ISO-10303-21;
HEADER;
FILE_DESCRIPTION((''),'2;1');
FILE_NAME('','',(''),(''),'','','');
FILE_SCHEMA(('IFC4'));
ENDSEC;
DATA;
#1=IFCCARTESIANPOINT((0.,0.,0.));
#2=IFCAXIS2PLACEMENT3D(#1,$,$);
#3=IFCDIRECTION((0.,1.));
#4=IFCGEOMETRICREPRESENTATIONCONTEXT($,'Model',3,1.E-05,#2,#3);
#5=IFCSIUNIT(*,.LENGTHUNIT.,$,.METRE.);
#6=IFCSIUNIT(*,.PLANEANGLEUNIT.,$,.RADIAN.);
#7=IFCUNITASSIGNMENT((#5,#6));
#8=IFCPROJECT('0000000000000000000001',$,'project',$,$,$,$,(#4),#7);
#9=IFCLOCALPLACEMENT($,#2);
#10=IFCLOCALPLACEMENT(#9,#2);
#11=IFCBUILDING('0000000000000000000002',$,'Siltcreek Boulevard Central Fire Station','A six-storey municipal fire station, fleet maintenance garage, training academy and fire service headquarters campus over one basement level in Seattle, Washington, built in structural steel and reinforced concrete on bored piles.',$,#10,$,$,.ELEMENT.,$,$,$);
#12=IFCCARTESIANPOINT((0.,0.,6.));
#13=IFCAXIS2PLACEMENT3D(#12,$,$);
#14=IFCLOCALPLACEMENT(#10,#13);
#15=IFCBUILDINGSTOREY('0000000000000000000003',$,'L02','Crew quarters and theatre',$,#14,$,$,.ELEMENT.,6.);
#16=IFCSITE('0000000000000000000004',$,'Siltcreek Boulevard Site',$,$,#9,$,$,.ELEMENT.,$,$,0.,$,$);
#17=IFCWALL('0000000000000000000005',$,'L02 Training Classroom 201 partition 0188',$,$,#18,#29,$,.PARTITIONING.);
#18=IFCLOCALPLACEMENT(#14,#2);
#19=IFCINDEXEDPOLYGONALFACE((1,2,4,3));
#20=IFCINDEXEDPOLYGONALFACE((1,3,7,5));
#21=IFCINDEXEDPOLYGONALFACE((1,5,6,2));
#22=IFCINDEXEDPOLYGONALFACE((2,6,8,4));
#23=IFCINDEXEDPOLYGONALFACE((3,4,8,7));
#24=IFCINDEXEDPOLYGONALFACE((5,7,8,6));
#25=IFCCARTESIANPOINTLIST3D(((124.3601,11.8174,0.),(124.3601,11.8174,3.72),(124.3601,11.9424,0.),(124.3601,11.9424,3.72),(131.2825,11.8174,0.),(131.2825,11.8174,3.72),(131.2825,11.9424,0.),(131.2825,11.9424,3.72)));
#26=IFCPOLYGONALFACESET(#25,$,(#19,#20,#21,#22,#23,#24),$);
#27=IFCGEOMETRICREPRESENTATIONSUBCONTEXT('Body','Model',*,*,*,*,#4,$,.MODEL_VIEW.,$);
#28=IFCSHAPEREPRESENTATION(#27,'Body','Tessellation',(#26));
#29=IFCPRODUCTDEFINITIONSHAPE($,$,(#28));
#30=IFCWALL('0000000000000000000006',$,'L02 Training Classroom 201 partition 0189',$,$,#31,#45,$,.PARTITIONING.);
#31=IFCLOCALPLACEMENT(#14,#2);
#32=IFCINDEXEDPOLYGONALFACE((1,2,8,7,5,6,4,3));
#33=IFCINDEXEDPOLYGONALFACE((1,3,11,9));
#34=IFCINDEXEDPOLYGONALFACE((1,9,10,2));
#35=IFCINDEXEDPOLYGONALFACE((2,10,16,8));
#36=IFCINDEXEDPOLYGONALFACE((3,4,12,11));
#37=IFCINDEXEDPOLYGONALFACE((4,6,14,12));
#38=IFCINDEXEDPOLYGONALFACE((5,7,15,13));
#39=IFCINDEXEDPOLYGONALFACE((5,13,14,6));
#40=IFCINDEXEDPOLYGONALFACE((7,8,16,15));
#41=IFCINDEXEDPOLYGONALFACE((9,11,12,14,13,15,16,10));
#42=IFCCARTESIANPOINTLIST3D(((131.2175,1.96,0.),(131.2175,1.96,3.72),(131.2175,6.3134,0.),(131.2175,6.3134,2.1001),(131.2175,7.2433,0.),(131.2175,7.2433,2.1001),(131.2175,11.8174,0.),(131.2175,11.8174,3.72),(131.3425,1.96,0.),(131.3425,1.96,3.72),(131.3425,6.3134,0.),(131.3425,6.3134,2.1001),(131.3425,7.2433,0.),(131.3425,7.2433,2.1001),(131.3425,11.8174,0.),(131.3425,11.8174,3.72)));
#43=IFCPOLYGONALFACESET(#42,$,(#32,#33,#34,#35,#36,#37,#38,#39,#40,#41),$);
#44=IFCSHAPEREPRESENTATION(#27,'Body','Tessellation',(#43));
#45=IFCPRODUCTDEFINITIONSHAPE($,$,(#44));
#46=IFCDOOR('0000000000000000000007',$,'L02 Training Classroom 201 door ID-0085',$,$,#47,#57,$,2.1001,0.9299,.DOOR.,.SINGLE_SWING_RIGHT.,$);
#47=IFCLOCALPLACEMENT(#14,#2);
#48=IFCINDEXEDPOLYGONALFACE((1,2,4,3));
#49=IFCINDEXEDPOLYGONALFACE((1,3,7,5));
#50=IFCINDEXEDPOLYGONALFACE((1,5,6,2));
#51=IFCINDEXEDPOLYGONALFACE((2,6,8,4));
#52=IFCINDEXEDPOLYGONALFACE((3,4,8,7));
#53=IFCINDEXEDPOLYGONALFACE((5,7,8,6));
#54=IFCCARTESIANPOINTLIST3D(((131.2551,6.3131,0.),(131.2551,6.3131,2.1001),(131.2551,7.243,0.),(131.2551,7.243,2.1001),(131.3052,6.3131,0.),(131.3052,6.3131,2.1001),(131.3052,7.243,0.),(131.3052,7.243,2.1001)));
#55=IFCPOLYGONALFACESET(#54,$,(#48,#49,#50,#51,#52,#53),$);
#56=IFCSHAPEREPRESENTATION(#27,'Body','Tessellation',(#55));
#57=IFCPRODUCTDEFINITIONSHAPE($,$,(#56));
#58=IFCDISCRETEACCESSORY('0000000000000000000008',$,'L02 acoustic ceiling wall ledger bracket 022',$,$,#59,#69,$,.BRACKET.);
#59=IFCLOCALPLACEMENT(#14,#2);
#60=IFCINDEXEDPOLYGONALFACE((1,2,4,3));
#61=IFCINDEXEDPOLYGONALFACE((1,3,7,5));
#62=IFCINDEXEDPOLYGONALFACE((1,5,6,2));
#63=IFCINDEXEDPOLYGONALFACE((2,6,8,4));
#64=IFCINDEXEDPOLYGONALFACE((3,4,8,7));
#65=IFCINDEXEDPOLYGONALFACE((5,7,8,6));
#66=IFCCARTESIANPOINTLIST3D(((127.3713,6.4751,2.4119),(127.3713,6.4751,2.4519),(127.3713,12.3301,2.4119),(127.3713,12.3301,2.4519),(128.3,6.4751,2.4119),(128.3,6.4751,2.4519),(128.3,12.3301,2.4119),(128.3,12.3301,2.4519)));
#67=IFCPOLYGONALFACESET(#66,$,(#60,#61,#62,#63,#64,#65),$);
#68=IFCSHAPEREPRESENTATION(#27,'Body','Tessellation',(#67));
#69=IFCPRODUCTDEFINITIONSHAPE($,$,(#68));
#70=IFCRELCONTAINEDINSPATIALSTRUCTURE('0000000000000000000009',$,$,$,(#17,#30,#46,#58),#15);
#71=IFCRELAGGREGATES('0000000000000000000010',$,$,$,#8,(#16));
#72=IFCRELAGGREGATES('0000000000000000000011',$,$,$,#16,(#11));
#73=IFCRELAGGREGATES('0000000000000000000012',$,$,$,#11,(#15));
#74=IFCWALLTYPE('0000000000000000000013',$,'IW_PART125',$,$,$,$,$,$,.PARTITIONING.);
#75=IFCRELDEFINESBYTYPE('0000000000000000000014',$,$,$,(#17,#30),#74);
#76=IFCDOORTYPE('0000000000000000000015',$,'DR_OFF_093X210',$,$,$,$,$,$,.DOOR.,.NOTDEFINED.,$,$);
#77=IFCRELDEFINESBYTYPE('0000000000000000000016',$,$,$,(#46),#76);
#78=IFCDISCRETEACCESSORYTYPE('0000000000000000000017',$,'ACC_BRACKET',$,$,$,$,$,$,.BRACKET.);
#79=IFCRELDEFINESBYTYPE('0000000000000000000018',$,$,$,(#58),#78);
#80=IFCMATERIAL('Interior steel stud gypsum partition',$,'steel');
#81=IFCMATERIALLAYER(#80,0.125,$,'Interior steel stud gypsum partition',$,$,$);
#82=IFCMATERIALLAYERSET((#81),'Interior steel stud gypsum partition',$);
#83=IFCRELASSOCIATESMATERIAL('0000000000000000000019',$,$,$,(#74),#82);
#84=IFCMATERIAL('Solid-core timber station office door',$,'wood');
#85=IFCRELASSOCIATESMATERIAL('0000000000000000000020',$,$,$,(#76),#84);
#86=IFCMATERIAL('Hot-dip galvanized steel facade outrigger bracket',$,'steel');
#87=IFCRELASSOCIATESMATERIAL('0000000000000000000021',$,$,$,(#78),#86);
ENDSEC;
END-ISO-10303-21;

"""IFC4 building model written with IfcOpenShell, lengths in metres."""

from ifc_helpers import new_model, si_unit, direction, frame, frame_2d, origin, origin_2d, place, context, subcontext, project, spatial, rectangle, extrude, material, layer, layer_set, type_object, element, fill, save


model = new_model("IFC4")

# Units and contexts
model_context = context("Model", 3, precision=1e-05, world=origin(), true_north=direction((0.0, 1.0)))
body_context = subcontext(model_context, "Body", "Model", "MODEL_VIEW")
ifc_project = project(units=[si_unit("LENGTHUNIT", "METRE"), si_unit("PLANEANGLEUNIT", "RADIAN")], contexts=[model_context])

# Site, building, storey
site_placement = place(None, origin())
site = spatial("IfcSite", under=ifc_project, at=site_placement, Name="Siltcreek Boulevard Site", CompositionType="ELEMENT", RefElevation=0.0)
building_placement = place(site_placement, origin())
building = spatial("IfcBuilding", under=site, at=building_placement, Name="Siltcreek Boulevard Central Fire Station", Description="A six-storey municipal fire station, fleet maintenance garage, training academy and fire service headquarters campus over one basement level in Seattle, Washington, built in structural steel and reinforced concrete on bored piles.", CompositionType="ELEMENT")
storey_placement = place(building_placement, frame((0.0, 0.0, 6.0)))
storey = spatial("IfcBuildingStorey", under=building, at=storey_placement, Name="L02", Description="Crew quarters and theatre", CompositionType="ELEMENT", Elevation=6.0)

# Wall
ifc_material_1 = material(Name="Interior steel stud gypsum partition", Category="steel")
ifc_layer_1 = layer(ifc_material_1, 0.125, Name="Interior steel stud gypsum partition")
ifc_layer_set_1 = layer_set([ifc_layer_1], Name="Interior steel stud gypsum partition")
wall_type_1 = type_object("IfcWallType", Name="IW_PART125", PredefinedType="PARTITIONING", material=ifc_layer_set_1)
wall_1_placement = place(storey_placement, frame((124.3601, 11.8799, 0.0), z_axis=(0.0, 0.0, 1.0), x_axis=(1.0, 0.0, 0.0)))
element("IfcWall", 1, at=wall_1_placement, inside=storey, type_object=wall_type_1, Name="L02 Training Classroom 201 partition 0188", PredefinedType="PARTITIONING", context=body_context, shape_type="SweptSolid", body=[
    extrude(rectangle(XDim=6.9224, YDim=0.125, at=frame_2d((3.4612, 0.0))), origin(), (0.0, 0.0, 1.0), 3.72),
])

# Wall, opening, door
wall_2_placement = place(storey_placement, frame((131.28, 11.8174, 0.0), z_axis=(0.0, 0.0, 1.0), x_axis=(0.0, -1.0, 0.0)))
wall_2 = element("IfcWall", 2, at=wall_2_placement, inside=storey, type_object=wall_type_1, Name="L02 Training Classroom 201 partition 0189", PredefinedType="PARTITIONING", context=body_context, shape_type="SweptSolid", body=[
    extrude(rectangle(XDim=9.8574, YDim=0.125, at=frame_2d((4.9287, 0.0))), origin(), (0.0, 0.0, 1.0), 3.72),
])
opening_1_placement = place(wall_2_placement, frame((4.5742, 0.0, 0.0)))
opening_1 = element("IfcOpeningElement", 3, at=opening_1_placement, cuts=wall_2, PredefinedType="OPENING", context=body_context, shape_type="SweptSolid", body=[
    extrude(rectangle(XDim=0.9299, YDim=2.1001, at=frame_2d((0.4648, 1.05))), frame((0.0, 0.0725, 0.0), z_axis=(0.0, -1.0, 0.0), x_axis=(1.0, 0.0, 0.0)), (0.0, 0.0, 1.0), 0.145),
])
ifc_material_2 = material(Name="Solid-core timber station office door", Category="wood")
door_type = type_object("IfcDoorType", Name="DR_OFF_093X210", OperationType="NOTDEFINED", PredefinedType="DOOR", material=ifc_material_2)
door_placement = place(opening_1_placement, frame((0.9299, 0.0, 0.0), z_axis=(0.0, 0.0, 1.0), x_axis=(-1.0, 0.0, 0.0)))
door = element("IfcDoor", 4, at=door_placement, inside=storey, type_object=door_type, Name="L02 Training Classroom 201 door ID-0085", OperationType="SINGLE_SWING_RIGHT", OverallHeight=2.1001, OverallWidth=0.9299, PredefinedType="DOOR", context=body_context, shape_type="SweptSolid", body=[
    extrude(rectangle(XDim=0.9299, YDim=2.1001, at=frame_2d((0.4648, 1.05))), frame((0.0, 0.0249, 0.0), z_axis=(0.0, -1.0, 0.0), x_axis=(1.0, 0.0, 0.0)), (0.0, 0.0, 1.0), 0.05),
])
fill(opening_1, door)

# Discrete accessory
ifc_material_3 = material(Name="Hot-dip galvanized steel facade outrigger bracket", Category="steel")
discrete_accessory_type = type_object("IfcDiscreteAccessoryType", Name="ACC_BRACKET", PredefinedType="BRACKET", material=ifc_material_3)
discrete_accessory_placement = place(storey_placement, frame((127.8357, 9.4026, 2.4119), z_axis=(0.0, 0.0, 1.0), x_axis=(1.0, 0.0, 0.0)))
element("IfcDiscreteAccessory", 5, at=discrete_accessory_placement, inside=storey, type_object=discrete_accessory_type, Name="L02 acoustic ceiling wall ledger bracket 022", PredefinedType="BRACKET", context=body_context, shape_type="SweptSolid", body=[
    extrude(rectangle(XDim=0.9287, YDim=5.855, at=origin_2d()), origin(), (0.0, 0.0, 1.0), 0.04),
])

save(model, "model.ifc")
